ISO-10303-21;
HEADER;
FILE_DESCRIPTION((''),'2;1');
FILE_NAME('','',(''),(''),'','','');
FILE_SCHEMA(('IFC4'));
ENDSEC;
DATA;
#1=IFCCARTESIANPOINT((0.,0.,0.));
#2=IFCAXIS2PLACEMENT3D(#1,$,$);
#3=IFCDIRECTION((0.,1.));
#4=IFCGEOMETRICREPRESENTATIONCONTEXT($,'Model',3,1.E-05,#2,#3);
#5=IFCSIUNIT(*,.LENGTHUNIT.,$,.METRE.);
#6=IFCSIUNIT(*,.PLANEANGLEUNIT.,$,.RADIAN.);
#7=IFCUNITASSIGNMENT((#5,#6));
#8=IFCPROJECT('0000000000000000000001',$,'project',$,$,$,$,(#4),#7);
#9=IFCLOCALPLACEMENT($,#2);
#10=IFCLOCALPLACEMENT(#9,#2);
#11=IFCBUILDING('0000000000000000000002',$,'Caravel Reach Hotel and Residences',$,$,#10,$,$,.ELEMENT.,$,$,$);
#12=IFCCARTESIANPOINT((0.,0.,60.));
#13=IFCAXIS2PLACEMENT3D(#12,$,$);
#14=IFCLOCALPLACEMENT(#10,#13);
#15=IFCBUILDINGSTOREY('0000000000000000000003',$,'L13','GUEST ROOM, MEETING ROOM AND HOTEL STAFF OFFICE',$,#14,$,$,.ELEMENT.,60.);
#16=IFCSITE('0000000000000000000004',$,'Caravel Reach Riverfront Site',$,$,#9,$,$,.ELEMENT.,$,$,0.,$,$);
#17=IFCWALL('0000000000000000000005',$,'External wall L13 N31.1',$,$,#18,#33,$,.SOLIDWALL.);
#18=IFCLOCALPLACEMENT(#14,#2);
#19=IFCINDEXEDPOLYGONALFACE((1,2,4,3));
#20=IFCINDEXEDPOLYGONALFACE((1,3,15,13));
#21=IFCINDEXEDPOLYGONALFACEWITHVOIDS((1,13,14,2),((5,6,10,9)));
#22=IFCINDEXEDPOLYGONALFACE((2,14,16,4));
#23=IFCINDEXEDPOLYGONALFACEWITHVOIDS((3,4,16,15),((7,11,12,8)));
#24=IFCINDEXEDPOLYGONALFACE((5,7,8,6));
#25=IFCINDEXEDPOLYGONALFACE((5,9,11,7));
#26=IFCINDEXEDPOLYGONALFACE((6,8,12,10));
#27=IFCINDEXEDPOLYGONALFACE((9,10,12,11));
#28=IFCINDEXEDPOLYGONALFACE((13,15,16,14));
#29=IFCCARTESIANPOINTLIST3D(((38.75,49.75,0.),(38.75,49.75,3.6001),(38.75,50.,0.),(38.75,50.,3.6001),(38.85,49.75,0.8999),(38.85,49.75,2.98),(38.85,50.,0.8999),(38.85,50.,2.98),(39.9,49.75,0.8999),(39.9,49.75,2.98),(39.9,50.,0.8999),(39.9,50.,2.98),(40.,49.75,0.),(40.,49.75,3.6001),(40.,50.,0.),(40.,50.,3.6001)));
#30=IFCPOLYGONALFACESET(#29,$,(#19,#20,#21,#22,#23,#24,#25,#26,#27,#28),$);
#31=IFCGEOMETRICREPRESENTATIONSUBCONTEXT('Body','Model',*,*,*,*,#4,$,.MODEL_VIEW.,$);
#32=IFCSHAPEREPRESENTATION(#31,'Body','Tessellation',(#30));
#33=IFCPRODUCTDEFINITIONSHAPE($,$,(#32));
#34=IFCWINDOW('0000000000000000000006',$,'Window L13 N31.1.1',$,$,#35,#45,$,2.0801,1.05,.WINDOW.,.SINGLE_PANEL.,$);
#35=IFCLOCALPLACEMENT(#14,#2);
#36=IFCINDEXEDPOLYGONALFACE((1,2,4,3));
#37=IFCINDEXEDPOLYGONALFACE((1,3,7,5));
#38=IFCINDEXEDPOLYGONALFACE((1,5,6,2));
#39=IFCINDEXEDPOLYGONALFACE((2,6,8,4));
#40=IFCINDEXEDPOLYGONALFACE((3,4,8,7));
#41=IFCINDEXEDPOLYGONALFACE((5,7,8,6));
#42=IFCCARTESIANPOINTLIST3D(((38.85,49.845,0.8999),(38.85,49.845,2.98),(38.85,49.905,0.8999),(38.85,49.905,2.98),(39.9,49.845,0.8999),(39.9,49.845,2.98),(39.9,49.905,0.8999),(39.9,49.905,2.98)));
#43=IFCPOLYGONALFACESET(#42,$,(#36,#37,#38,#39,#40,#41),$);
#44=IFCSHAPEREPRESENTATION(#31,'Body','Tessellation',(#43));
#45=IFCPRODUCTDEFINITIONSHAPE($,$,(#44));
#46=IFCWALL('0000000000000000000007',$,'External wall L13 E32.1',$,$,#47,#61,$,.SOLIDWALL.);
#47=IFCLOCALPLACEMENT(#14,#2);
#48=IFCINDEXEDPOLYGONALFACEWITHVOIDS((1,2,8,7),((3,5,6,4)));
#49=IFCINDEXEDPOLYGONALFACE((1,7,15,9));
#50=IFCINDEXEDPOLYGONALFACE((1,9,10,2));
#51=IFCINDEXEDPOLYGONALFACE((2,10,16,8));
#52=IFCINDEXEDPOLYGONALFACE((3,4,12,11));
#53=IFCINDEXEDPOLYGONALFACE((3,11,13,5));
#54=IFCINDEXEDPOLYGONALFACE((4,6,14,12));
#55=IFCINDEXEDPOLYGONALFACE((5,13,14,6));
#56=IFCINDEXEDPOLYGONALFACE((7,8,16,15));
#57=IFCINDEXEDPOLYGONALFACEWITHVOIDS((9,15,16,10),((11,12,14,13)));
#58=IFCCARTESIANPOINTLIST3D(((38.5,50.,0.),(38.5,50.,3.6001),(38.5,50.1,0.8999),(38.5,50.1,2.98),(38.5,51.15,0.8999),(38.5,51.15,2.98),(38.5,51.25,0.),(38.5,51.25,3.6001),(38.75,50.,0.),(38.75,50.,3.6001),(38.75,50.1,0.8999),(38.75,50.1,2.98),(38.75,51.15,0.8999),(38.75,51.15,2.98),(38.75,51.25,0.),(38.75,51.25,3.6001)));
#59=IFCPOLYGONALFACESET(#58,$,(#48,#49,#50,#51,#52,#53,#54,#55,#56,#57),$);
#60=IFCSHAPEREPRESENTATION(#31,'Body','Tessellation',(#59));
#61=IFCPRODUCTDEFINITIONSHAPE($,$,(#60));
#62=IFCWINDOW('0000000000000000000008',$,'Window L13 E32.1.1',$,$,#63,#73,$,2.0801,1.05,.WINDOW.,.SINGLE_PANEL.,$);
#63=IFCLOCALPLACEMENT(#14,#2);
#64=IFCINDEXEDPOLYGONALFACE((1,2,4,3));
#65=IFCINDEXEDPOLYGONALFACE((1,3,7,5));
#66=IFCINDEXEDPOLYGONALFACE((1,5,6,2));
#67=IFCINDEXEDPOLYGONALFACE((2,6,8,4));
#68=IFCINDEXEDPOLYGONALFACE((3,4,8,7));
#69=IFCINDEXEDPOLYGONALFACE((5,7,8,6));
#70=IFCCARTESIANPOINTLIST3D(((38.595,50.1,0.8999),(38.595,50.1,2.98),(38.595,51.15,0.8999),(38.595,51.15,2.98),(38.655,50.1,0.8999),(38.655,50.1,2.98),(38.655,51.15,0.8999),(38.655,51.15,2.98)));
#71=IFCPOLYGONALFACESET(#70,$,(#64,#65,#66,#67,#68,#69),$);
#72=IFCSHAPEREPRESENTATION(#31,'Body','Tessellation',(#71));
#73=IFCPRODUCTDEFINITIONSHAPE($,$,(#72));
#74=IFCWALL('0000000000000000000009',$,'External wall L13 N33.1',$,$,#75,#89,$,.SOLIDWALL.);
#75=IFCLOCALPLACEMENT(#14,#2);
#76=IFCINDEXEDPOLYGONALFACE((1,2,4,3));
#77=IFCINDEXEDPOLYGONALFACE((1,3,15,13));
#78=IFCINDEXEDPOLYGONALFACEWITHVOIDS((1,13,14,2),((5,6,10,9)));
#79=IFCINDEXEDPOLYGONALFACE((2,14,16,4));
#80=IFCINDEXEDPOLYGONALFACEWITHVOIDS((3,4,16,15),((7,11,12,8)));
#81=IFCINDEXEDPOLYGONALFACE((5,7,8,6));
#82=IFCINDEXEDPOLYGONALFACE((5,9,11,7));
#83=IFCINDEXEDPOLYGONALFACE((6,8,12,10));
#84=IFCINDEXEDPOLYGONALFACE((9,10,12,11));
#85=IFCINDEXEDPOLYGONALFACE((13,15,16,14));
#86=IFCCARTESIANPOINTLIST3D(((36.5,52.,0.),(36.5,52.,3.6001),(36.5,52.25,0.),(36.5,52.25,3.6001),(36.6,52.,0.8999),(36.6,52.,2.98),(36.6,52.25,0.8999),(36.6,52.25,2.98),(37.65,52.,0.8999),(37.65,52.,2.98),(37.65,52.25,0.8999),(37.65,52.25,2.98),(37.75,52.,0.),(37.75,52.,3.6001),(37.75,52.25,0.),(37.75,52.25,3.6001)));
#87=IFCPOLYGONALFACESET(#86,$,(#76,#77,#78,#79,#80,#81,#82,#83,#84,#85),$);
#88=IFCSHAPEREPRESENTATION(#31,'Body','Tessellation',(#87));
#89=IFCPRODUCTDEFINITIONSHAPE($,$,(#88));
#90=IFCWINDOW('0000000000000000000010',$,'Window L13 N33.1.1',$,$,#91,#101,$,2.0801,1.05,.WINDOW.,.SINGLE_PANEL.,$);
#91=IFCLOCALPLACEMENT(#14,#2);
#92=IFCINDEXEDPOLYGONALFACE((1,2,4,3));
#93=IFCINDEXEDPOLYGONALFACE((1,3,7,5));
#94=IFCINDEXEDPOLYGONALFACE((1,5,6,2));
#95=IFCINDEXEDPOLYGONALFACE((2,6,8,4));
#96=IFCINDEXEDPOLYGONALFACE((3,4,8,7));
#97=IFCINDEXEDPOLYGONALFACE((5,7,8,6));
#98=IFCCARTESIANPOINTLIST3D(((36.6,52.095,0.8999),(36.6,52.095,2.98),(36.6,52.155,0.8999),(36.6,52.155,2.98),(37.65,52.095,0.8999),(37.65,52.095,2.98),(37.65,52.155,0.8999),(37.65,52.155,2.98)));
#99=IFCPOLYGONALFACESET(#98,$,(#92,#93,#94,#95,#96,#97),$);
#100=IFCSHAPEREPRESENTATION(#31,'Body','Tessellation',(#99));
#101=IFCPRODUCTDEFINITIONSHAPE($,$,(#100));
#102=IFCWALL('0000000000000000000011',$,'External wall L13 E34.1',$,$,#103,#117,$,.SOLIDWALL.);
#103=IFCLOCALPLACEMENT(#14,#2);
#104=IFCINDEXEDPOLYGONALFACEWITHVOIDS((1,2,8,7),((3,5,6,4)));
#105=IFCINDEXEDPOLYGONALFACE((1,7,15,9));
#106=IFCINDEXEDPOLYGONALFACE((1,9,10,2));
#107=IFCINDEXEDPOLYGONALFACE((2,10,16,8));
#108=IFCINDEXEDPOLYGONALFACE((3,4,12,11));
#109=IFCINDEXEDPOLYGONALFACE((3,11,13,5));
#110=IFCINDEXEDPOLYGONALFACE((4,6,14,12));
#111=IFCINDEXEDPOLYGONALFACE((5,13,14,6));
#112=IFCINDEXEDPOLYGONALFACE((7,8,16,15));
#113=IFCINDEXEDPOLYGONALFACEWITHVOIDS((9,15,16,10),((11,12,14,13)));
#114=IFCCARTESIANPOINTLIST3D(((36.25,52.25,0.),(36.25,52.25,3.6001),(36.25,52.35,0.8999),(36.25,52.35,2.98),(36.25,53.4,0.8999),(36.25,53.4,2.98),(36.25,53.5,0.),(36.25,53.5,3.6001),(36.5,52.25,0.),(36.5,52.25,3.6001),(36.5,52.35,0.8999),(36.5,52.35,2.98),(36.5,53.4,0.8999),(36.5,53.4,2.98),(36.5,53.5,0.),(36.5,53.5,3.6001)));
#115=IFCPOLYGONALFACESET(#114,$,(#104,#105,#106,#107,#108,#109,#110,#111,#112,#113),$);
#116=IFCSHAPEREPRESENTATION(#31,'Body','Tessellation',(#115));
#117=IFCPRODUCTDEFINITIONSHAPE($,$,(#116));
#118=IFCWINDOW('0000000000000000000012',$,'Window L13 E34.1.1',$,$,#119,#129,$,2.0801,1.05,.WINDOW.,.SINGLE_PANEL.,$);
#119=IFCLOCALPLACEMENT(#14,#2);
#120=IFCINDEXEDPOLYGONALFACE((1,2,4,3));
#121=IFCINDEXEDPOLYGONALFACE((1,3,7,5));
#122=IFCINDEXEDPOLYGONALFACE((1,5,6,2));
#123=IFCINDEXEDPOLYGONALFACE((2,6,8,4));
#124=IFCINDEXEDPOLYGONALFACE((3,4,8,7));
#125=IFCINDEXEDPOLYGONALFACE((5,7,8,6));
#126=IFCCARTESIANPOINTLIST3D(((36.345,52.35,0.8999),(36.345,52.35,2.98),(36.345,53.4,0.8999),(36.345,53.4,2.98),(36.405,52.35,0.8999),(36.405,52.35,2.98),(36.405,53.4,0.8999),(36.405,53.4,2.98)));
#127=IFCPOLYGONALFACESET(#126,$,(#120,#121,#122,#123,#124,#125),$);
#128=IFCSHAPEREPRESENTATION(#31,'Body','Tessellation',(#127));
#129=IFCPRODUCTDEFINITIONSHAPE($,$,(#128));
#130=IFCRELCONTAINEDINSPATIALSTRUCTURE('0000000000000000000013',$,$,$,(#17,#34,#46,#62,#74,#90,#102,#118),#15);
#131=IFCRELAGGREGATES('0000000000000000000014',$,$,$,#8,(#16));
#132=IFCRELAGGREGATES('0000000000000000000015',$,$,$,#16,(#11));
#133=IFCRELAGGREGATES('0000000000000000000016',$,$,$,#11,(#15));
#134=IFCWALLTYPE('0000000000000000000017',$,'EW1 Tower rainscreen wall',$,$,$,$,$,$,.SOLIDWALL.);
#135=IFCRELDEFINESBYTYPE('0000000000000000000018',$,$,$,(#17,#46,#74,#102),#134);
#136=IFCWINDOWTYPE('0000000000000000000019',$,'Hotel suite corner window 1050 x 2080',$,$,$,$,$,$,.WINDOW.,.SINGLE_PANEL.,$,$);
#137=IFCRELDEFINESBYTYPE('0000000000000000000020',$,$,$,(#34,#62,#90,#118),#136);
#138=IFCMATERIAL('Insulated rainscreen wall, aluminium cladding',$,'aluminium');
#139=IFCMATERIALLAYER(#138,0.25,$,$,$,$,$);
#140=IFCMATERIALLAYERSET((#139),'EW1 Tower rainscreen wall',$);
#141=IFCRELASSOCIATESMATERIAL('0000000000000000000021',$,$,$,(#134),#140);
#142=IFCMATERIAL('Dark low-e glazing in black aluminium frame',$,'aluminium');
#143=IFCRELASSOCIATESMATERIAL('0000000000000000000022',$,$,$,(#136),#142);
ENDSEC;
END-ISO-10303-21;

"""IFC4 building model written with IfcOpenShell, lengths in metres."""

from ifc_helpers import new_model, si_unit, direction, frame, frame_2d, origin, place, context, subcontext, project, spatial, rectangle, extrude, material, layer, layer_set, type_object, element, fill, save


model = new_model("IFC4")

# Units and contexts
model_context = context("Model", 3, precision=1e-05, world=origin(), true_north=direction((0.0, 1.0)))
body_context = subcontext(model_context, "Body", "Model", "MODEL_VIEW")
ifc_project = project(units=[si_unit("LENGTHUNIT", "METRE"), si_unit("PLANEANGLEUNIT", "RADIAN")], contexts=[model_context])

# Site, building, storey
site_placement = place(None, origin())
site = spatial("IfcSite", under=ifc_project, at=site_placement, Name="Caravel Reach Riverfront Site", CompositionType="ELEMENT", RefElevation=0.0)
building_placement = place(site_placement, origin())
building = spatial("IfcBuilding", under=site, at=building_placement, Name="Caravel Reach Hotel and Residences", CompositionType="ELEMENT")
storey_placement = place(building_placement, frame((0.0, 0.0, 60.0)))
storey = spatial("IfcBuildingStorey", under=building, at=storey_placement, Name="L13", Description="GUEST ROOM, MEETING ROOM AND HOTEL STAFF OFFICE", CompositionType="ELEMENT", Elevation=60.0)

# Walls, openings, windows
ifc_material_1 = material(Name="Insulated rainscreen wall, aluminium cladding", Category="aluminium")
ifc_layer_1 = layer(ifc_material_1, 0.25)
ifc_layer_set_1 = layer_set([ifc_layer_1], Name="EW1 Tower rainscreen wall")
wall_type_1 = type_object("IfcWallType", Name="EW1 Tower rainscreen wall", PredefinedType="SOLIDWALL", material=ifc_layer_set_1)
wall_1_placement = place(storey_placement, frame((40.0, 49.875, 0.0), z_axis=(0.0, 0.0, 1.0), x_axis=(-1.0, 0.0, 0.0)))
wall_1 = element("IfcWall", 1, at=wall_1_placement, inside=storey, type_object=wall_type_1, Name="External wall L13 N31.1", PredefinedType="SOLIDWALL", context=body_context, shape_type="SweptSolid", body=[
    extrude(rectangle(XDim=1.25, YDim=0.25, at=frame_2d((0.625, 0.0))), origin(), (0.0, 0.0, 1.0), 3.6001),
])
opening_1_placement = place(wall_1_placement, frame((0.1001, 0.0, 0.8999)))
opening_1 = element("IfcOpeningElement", 2, at=opening_1_placement, cuts=wall_1, PredefinedType="OPENING", context=body_context, shape_type="SweptSolid", body=[
    extrude(rectangle(XDim=1.05, YDim=2.0801, at=frame_2d((0.5249, 1.04))), frame((0.0, 0.135, 0.0), z_axis=(0.0, -1.0, 0.0), x_axis=(1.0, 0.0, 0.0)), (0.0, 0.0, 1.0), 0.27),
])
ifc_material_2 = material(Name="Dark low-e glazing in black aluminium frame", Category="aluminium")
window_type_1 = type_object("IfcWindowType", Name="Hotel suite corner window 1050 x 2080", PartitioningType="SINGLE_PANEL", PredefinedType="WINDOW", material=ifc_material_2)
window_1_placement = place(opening_1_placement, origin())
window_1 = element("IfcWindow", 3, at=window_1_placement, inside=storey, type_object=window_type_1, Name="Window L13 N31.1.1", OverallHeight=2.0801, OverallWidth=1.05, PartitioningType="SINGLE_PANEL", PredefinedType="WINDOW", context=body_context, shape_type="SweptSolid", body=[
    extrude(rectangle(XDim=1.05, YDim=2.0801, at=frame_2d((0.5249, 1.04))), frame((0.0, 0.03, 0.0), z_axis=(0.0, -1.0, 0.0), x_axis=(1.0, 0.0, 0.0)), (0.0, 0.0, 1.0), 0.0601),
])
fill(opening_1, window_1)
wall_2_placement = place(storey_placement, frame((38.625, 50.0, 0.0), z_axis=(0.0, 0.0, 1.0), x_axis=(0.0, 1.0, 0.0)))
wall_2 = element("IfcWall", 4, at=wall_2_placement, inside=storey, type_object=wall_type_1, Name="External wall L13 E32.1", PredefinedType="SOLIDWALL", context=body_context, shape_type="SweptSolid", body=[
    extrude(rectangle(XDim=1.25, YDim=0.25, at=frame_2d((0.625, 0.0))), origin(), (0.0, 0.0, 1.0), 3.6001),
])
opening_2_placement = place(wall_2_placement, frame((0.1001, 0.0, 0.8999)))
opening_2 = element("IfcOpeningElement", 5, at=opening_2_placement, cuts=wall_2, PredefinedType="OPENING", context=body_context, shape_type="SweptSolid", body=[
    extrude(rectangle(XDim=1.05, YDim=2.0801, at=frame_2d((0.5249, 1.04))), frame((0.0, 0.135, 0.0), z_axis=(0.0, -1.0, 0.0), x_axis=(1.0, 0.0, 0.0)), (0.0, 0.0, 1.0), 0.27),
])
window_2_placement = place(opening_2_placement, origin())
window_2 = element("IfcWindow", 6, at=window_2_placement, inside=storey, type_object=window_type_1, Name="Window L13 E32.1.1", OverallHeight=2.0801, OverallWidth=1.05, PartitioningType="SINGLE_PANEL", PredefinedType="WINDOW", context=body_context, shape_type="SweptSolid", body=[
    extrude(rectangle(XDim=1.05, YDim=2.0801, at=frame_2d((0.5249, 1.04))), frame((0.0, 0.03, 0.0), z_axis=(0.0, -1.0, 0.0), x_axis=(1.0, 0.0, 0.0)), (0.0, 0.0, 1.0), 0.0601),
])
fill(opening_2, window_2)
wall_3_placement = place(storey_placement, frame((37.75, 52.125, 0.0), z_axis=(0.0, 0.0, 1.0), x_axis=(-1.0, 0.0, 0.0)))
wall_3 = element("IfcWall", 7, at=wall_3_placement, inside=storey, type_object=wall_type_1, Name="External wall L13 N33.1", PredefinedType="SOLIDWALL", context=body_context, shape_type="SweptSolid", body=[
    extrude(rectangle(XDim=1.25, YDim=0.25, at=frame_2d((0.625, 0.0))), origin(), (0.0, 0.0, 1.0), 3.6001),
])
opening_3_placement = place(wall_3_placement, frame((0.1001, 0.0, 0.8999)))
opening_3 = element("IfcOpeningElement", 8, at=opening_3_placement, cuts=wall_3, PredefinedType="OPENING", context=body_context, shape_type="SweptSolid", body=[
    extrude(rectangle(XDim=1.05, YDim=2.0801, at=frame_2d((0.5249, 1.04))), frame((0.0, 0.135, 0.0), z_axis=(0.0, -1.0, 0.0), x_axis=(1.0, 0.0, 0.0)), (0.0, 0.0, 1.0), 0.27),
])
window_3_placement = place(opening_3_placement, origin())
window_3 = element("IfcWindow", 9, at=window_3_placement, inside=storey, type_object=window_type_1, Name="Window L13 N33.1.1", OverallHeight=2.0801, OverallWidth=1.05, PartitioningType="SINGLE_PANEL", PredefinedType="WINDOW", context=body_context, shape_type="SweptSolid", body=[
    extrude(rectangle(XDim=1.05, YDim=2.0801, at=frame_2d((0.5249, 1.04))), frame((0.0, 0.03, 0.0), z_axis=(0.0, -1.0, 0.0), x_axis=(1.0, 0.0, 0.0)), (0.0, 0.0, 1.0), 0.0601),
])
fill(opening_3, window_3)
wall_4_placement = place(storey_placement, frame((36.375, 52.25, 0.0), z_axis=(0.0, 0.0, 1.0), x_axis=(0.0, 1.0, 0.0)))
wall_4 = element("IfcWall", 10, at=wall_4_placement, inside=storey, type_object=wall_type_1, Name="External wall L13 E34.1", PredefinedType="SOLIDWALL", context=body_context, shape_type="SweptSolid", body=[
    extrude(rectangle(XDim=1.25, YDim=0.25, at=frame_2d((0.625, 0.0))), origin(), (0.0, 0.0, 1.0), 3.6001),
])
opening_4_placement = place(wall_4_placement, frame((0.1001, 0.0, 0.8999)))
opening_4 = element("IfcOpeningElement", 11, at=opening_4_placement, cuts=wall_4, PredefinedType="OPENING", context=body_context, shape_type="SweptSolid", body=[
    extrude(rectangle(XDim=1.05, YDim=2.0801, at=frame_2d((0.5249, 1.04))), frame((0.0, 0.135, 0.0), z_axis=(0.0, -1.0, 0.0), x_axis=(1.0, 0.0, 0.0)), (0.0, 0.0, 1.0), 0.27),
])
window_4_placement = place(opening_4_placement, origin())
window_4 = element("IfcWindow", 12, at=window_4_placement, inside=storey, type_object=window_type_1, Name="Window L13 E34.1.1", OverallHeight=2.0801, OverallWidth=1.05, PartitioningType="SINGLE_PANEL", PredefinedType="WINDOW", context=body_context, shape_type="SweptSolid", body=[
    extrude(rectangle(XDim=1.05, YDim=2.0801, at=frame_2d((0.5249, 1.04))), frame((0.0, 0.03, 0.0), z_axis=(0.0, -1.0, 0.0), x_axis=(1.0, 0.0, 0.0)), (0.0, 0.0, 1.0), 0.0601),
])
fill(opening_4, window_4)

save(model, "model.ifc")
